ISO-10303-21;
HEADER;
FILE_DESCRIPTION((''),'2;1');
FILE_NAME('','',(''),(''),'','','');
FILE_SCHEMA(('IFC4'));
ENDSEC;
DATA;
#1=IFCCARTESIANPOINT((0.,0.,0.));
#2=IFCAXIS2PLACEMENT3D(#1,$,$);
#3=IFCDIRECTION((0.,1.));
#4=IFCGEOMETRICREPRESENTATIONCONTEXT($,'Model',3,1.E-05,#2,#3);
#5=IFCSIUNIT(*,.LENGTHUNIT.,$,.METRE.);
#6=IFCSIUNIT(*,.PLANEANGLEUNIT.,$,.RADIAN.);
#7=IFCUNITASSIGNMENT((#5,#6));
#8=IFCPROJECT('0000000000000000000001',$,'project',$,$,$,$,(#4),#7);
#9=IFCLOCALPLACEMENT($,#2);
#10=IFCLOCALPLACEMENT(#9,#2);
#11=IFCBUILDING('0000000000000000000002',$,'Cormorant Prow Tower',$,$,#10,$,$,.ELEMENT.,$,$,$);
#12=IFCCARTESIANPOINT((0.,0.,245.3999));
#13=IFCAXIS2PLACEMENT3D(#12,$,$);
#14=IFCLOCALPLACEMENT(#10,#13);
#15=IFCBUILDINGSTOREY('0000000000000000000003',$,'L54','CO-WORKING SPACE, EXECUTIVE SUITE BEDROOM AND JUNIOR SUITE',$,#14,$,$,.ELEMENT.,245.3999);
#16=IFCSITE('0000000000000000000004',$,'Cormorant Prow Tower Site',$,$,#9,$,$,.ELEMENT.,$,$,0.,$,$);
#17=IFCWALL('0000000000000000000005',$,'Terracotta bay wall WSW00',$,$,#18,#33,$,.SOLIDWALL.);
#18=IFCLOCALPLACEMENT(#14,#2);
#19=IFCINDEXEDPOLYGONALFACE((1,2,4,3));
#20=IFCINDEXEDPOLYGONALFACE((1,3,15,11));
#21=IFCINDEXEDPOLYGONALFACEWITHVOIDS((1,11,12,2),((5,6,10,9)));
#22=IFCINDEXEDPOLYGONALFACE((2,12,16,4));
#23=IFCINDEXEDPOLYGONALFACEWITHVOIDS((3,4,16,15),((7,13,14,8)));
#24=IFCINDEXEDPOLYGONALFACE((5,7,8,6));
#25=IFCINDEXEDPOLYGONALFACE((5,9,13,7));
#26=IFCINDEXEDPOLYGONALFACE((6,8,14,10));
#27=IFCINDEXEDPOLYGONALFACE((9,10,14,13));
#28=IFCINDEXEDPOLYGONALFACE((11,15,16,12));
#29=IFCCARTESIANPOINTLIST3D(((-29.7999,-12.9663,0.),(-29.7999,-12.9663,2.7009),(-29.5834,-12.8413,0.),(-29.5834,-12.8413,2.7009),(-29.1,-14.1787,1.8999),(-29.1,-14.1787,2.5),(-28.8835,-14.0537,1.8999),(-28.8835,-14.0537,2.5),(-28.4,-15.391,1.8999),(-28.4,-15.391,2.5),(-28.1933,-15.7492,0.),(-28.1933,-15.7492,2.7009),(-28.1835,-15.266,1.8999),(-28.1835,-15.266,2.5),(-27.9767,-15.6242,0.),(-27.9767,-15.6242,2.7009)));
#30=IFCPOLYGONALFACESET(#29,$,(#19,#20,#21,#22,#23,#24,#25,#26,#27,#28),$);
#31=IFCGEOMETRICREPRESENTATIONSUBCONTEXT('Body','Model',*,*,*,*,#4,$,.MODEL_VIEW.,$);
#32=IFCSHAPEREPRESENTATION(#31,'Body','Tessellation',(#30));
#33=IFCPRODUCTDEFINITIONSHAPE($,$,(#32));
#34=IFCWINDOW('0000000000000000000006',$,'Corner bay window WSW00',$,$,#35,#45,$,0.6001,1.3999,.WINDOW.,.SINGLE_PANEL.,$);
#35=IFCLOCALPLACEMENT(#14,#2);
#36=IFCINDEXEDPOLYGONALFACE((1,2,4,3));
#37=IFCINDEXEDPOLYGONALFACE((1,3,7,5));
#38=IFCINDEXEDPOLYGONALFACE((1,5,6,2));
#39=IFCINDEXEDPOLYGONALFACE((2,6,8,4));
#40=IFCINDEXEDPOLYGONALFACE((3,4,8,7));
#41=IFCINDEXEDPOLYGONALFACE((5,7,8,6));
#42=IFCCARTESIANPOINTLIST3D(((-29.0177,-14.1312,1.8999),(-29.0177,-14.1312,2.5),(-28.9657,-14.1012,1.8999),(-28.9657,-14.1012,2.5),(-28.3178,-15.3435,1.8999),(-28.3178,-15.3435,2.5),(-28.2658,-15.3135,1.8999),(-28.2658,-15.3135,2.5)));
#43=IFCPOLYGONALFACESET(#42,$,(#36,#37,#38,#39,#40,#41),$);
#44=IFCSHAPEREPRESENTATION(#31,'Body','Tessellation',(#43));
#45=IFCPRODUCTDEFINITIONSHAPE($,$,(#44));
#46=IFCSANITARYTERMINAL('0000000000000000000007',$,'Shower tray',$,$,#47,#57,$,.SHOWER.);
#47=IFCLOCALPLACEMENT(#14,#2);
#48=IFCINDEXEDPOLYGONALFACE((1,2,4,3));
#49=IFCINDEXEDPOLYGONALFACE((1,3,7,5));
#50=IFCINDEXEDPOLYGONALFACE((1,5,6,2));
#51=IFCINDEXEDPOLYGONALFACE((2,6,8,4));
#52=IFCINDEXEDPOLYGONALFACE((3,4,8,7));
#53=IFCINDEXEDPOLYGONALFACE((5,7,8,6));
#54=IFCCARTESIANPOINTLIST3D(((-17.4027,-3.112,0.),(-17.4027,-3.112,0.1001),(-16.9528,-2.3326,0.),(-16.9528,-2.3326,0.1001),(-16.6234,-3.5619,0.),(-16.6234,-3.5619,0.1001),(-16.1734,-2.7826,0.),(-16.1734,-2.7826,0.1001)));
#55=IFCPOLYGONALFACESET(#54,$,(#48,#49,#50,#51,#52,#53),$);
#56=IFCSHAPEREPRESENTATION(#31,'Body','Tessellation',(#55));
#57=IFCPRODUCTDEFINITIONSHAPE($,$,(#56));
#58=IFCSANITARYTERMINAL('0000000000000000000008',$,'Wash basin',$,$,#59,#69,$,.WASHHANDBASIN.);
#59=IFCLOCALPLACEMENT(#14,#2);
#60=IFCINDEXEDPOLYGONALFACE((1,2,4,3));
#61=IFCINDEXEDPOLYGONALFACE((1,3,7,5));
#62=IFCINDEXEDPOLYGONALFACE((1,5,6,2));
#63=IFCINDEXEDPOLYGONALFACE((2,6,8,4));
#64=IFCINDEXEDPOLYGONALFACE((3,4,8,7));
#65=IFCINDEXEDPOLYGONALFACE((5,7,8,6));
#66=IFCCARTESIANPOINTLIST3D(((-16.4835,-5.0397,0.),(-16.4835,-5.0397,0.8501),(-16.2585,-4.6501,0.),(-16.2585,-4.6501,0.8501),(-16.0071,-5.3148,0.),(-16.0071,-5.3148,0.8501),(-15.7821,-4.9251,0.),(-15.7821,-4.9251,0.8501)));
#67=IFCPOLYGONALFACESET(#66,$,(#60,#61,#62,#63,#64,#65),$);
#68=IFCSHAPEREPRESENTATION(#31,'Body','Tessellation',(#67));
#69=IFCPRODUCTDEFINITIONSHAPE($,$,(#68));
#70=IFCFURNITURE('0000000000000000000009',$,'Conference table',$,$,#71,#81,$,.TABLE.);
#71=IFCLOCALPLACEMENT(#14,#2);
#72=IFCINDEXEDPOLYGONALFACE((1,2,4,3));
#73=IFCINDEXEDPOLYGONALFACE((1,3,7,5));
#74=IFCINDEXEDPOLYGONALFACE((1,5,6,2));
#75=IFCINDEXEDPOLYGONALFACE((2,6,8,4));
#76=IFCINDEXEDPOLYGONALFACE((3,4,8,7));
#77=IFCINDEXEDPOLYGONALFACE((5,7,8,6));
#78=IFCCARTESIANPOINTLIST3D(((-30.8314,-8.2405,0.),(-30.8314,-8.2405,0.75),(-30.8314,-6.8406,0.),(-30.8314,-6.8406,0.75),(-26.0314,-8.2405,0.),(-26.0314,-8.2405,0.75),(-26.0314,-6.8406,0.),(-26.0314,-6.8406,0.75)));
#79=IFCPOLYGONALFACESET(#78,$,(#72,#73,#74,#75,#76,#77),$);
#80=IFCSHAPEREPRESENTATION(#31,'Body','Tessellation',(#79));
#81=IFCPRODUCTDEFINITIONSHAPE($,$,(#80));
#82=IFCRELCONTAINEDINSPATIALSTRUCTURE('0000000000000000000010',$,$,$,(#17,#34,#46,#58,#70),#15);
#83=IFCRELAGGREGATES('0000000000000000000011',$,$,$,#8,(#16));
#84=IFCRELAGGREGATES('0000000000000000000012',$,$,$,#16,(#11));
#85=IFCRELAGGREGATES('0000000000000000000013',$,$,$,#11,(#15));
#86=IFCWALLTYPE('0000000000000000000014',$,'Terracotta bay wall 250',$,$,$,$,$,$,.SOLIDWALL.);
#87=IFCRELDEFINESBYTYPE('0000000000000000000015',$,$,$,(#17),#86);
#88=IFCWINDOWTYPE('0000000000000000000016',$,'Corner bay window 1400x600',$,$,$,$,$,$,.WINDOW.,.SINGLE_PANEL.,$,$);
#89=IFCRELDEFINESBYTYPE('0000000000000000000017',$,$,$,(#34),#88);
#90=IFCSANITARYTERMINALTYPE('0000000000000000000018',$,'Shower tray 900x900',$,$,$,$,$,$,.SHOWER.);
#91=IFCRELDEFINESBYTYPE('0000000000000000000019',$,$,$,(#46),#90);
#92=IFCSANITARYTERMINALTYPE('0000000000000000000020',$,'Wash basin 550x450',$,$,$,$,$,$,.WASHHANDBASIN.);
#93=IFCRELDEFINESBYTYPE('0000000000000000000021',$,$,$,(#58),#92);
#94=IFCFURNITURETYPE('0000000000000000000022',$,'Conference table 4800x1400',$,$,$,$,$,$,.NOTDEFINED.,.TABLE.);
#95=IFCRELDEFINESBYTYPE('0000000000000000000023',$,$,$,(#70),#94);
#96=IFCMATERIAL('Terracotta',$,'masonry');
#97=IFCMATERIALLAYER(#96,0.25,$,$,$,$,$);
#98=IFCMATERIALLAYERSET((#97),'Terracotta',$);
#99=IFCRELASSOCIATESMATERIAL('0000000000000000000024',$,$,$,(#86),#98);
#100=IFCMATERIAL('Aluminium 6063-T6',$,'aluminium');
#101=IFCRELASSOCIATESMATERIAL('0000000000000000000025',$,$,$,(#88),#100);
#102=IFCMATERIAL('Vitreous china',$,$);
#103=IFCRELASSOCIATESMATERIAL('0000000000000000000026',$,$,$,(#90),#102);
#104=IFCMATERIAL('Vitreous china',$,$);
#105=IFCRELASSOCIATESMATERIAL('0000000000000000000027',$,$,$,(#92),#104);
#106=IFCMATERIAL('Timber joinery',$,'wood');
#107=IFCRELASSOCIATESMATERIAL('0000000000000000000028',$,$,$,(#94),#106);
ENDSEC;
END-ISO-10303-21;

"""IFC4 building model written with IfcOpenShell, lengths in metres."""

from ifc_helpers import new_model, si_unit, direction, frame, frame_2d, origin, origin_2d, place, context, subcontext, project, spatial, rectangle, extrude, material, layer, layer_set, type_object, element, fill, save


model = new_model("IFC4")

# Units and contexts
model_context = context("Model", 3, precision=1e-05, world=origin(), true_north=direction((0.0, 1.0)))
body_context = subcontext(model_context, "Body", "Model", "MODEL_VIEW")
ifc_project = project(units=[si_unit("LENGTHUNIT", "METRE"), si_unit("PLANEANGLEUNIT", "RADIAN")], contexts=[model_context])

# Site, building, storey
site_placement = place(None, origin())
site = spatial("IfcSite", under=ifc_project, at=site_placement, Name="Cormorant Prow Tower Site", CompositionType="ELEMENT", RefElevation=0.0)
building_placement = place(site_placement, origin())
building = spatial("IfcBuilding", under=site, at=building_placement, Name="Cormorant Prow Tower", CompositionType="ELEMENT")
storey_placement = place(building_placement, frame((0.0, 0.0, 245.3999)))
storey = spatial("IfcBuildingStorey", under=building, at=storey_placement, Name="L54", Description="CO-WORKING SPACE, EXECUTIVE SUITE BEDROOM AND JUNIOR SUITE", CompositionType="ELEMENT", Elevation=245.3999)

# Wall, opening, window
ifc_material_1 = material(Name="Terracotta", Category="masonry")
ifc_layer_1 = layer(ifc_material_1, 0.25)
ifc_layer_set_1 = layer_set([ifc_layer_1], Name="Terracotta")
wall_type_1 = type_object("IfcWallType", Name="Terracotta bay wall 250", PredefinedType="SOLIDWALL", material=ifc_layer_set_1)
wall_1_placement = place(storey_placement, frame((-29.6917, -12.9038, 0.0), z_axis=(0.0, 0.0, 1.0), x_axis=(0.499988, -0.866033, 0.0)))
wall_1 = element("IfcWall", 1, at=wall_1_placement, inside=storey, type_object=wall_type_1, Name="Terracotta bay wall WSW00", PredefinedType="SOLIDWALL", context=body_context, shape_type="SweptSolid", body=[
    extrude(rectangle(XDim=3.2134, YDim=0.25, at=frame_2d((1.6067, 0.0))), origin(), (0.0, 0.0, 1.0), 2.7009),
])
opening_1_placement = place(wall_1_placement, frame((1.3999, 0.0, 1.8999)))
opening_1 = element("IfcOpeningElement", 2, at=opening_1_placement, cuts=wall_1, PredefinedType="OPENING", context=body_context, shape_type="SweptSolid", body=[
    extrude(rectangle(XDim=1.3999, YDim=0.6001, at=frame_2d((0.7, 0.3))), frame((0.0, 0.135, 0.0), z_axis=(0.0, -1.0, 0.0), x_axis=(1.0, 0.0, 0.0)), (0.0, 0.0, 1.0), 0.27),
])
ifc_material_2 = material(Name="Aluminium 6063-T6", Category="aluminium")
window_type = type_object("IfcWindowType", Name="Corner bay window 1400x600", PartitioningType="SINGLE_PANEL", PredefinedType="WINDOW", material=ifc_material_2)
window_placement = place(opening_1_placement, origin())
window = element("IfcWindow", 3, at=window_placement, inside=storey, type_object=window_type, Name="Corner bay window WSW00", OverallHeight=0.6001, OverallWidth=1.3999, PartitioningType="SINGLE_PANEL", PredefinedType="WINDOW", context=body_context, shape_type="SweptSolid", body=[
    extrude(rectangle(XDim=1.3999, YDim=0.6001, at=frame_2d((0.7, 0.3))), frame((0.0, 0.03, 0.0), z_axis=(0.0, -1.0, 0.0), x_axis=(1.0, 0.0, 0.0)), (0.0, 0.0, 1.0), 0.0601),
])
fill(opening_1, window)

# Sanitary terminals
ifc_material_3 = material(Name="Vitreous china")
sanitary_terminal_type_1 = type_object("IfcSanitaryTerminalType", Name="Shower tray 900x900", PredefinedType="SHOWER", material=ifc_material_3)
sanitary_terminal_1_placement = place(storey_placement, frame((-16.7881, -2.9473, 0.0), z_axis=(0.0, 0.0, 1.0), x_axis=(0.866025, -0.5, 0.0)))
element("IfcSanitaryTerminal", 4, at=sanitary_terminal_1_placement, inside=storey, type_object=sanitary_terminal_type_1, Name="Shower tray", PredefinedType="SHOWER", context=body_context, shape_type="SweptSolid", body=[
    extrude(rectangle(XDim=0.8999, YDim=0.8999, at=origin_2d()), origin(), (0.0, 0.0, 1.0), 0.1001),
])
ifc_material_4 = material(Name="Vitreous china")
sanitary_terminal_type_2 = type_object("IfcSanitaryTerminalType", Name="Wash basin 550x450", PredefinedType="WASHHANDBASIN", material=ifc_material_4)
sanitary_terminal_2_placement = place(storey_placement, frame((-16.1328, -4.9824, 0.0), z_axis=(0.0, 0.0, 1.0), x_axis=(-0.866025, 0.5, 0.0)))
element("IfcSanitaryTerminal", 5, at=sanitary_terminal_2_placement, inside=storey, type_object=sanitary_terminal_type_2, Name="Wash basin", PredefinedType="WASHHANDBASIN", context=body_context, shape_type="SweptSolid", body=[
    extrude(rectangle(XDim=0.55, YDim=0.45, at=origin_2d()), origin(), (0.0, 0.0, 1.0), 0.8501),
])

# Furniture
ifc_material_5 = material(Name="Timber joinery", Category="wood")
furniture_type = type_object("IfcFurnitureType", Name="Conference table 4800x1400", AssemblyPlace="NOTDEFINED", PredefinedType="TABLE", material=ifc_material_5)
furniture_placement = place(storey_placement, frame((-28.4314, -7.5405, 0.0), z_axis=(0.0, 0.0, 1.0), x_axis=(1.0, 0.0, 0.0)))
element("IfcFurniture", 6, at=furniture_placement, inside=storey, type_object=furniture_type, Name="Conference table", PredefinedType="TABLE", context=body_context, shape_type="SweptSolid", body=[
    extrude(rectangle(XDim=4.8, YDim=1.3999, at=origin_2d()), origin(), (0.0, 0.0, 1.0), 0.75),
])

save(model, "model.ifc")
